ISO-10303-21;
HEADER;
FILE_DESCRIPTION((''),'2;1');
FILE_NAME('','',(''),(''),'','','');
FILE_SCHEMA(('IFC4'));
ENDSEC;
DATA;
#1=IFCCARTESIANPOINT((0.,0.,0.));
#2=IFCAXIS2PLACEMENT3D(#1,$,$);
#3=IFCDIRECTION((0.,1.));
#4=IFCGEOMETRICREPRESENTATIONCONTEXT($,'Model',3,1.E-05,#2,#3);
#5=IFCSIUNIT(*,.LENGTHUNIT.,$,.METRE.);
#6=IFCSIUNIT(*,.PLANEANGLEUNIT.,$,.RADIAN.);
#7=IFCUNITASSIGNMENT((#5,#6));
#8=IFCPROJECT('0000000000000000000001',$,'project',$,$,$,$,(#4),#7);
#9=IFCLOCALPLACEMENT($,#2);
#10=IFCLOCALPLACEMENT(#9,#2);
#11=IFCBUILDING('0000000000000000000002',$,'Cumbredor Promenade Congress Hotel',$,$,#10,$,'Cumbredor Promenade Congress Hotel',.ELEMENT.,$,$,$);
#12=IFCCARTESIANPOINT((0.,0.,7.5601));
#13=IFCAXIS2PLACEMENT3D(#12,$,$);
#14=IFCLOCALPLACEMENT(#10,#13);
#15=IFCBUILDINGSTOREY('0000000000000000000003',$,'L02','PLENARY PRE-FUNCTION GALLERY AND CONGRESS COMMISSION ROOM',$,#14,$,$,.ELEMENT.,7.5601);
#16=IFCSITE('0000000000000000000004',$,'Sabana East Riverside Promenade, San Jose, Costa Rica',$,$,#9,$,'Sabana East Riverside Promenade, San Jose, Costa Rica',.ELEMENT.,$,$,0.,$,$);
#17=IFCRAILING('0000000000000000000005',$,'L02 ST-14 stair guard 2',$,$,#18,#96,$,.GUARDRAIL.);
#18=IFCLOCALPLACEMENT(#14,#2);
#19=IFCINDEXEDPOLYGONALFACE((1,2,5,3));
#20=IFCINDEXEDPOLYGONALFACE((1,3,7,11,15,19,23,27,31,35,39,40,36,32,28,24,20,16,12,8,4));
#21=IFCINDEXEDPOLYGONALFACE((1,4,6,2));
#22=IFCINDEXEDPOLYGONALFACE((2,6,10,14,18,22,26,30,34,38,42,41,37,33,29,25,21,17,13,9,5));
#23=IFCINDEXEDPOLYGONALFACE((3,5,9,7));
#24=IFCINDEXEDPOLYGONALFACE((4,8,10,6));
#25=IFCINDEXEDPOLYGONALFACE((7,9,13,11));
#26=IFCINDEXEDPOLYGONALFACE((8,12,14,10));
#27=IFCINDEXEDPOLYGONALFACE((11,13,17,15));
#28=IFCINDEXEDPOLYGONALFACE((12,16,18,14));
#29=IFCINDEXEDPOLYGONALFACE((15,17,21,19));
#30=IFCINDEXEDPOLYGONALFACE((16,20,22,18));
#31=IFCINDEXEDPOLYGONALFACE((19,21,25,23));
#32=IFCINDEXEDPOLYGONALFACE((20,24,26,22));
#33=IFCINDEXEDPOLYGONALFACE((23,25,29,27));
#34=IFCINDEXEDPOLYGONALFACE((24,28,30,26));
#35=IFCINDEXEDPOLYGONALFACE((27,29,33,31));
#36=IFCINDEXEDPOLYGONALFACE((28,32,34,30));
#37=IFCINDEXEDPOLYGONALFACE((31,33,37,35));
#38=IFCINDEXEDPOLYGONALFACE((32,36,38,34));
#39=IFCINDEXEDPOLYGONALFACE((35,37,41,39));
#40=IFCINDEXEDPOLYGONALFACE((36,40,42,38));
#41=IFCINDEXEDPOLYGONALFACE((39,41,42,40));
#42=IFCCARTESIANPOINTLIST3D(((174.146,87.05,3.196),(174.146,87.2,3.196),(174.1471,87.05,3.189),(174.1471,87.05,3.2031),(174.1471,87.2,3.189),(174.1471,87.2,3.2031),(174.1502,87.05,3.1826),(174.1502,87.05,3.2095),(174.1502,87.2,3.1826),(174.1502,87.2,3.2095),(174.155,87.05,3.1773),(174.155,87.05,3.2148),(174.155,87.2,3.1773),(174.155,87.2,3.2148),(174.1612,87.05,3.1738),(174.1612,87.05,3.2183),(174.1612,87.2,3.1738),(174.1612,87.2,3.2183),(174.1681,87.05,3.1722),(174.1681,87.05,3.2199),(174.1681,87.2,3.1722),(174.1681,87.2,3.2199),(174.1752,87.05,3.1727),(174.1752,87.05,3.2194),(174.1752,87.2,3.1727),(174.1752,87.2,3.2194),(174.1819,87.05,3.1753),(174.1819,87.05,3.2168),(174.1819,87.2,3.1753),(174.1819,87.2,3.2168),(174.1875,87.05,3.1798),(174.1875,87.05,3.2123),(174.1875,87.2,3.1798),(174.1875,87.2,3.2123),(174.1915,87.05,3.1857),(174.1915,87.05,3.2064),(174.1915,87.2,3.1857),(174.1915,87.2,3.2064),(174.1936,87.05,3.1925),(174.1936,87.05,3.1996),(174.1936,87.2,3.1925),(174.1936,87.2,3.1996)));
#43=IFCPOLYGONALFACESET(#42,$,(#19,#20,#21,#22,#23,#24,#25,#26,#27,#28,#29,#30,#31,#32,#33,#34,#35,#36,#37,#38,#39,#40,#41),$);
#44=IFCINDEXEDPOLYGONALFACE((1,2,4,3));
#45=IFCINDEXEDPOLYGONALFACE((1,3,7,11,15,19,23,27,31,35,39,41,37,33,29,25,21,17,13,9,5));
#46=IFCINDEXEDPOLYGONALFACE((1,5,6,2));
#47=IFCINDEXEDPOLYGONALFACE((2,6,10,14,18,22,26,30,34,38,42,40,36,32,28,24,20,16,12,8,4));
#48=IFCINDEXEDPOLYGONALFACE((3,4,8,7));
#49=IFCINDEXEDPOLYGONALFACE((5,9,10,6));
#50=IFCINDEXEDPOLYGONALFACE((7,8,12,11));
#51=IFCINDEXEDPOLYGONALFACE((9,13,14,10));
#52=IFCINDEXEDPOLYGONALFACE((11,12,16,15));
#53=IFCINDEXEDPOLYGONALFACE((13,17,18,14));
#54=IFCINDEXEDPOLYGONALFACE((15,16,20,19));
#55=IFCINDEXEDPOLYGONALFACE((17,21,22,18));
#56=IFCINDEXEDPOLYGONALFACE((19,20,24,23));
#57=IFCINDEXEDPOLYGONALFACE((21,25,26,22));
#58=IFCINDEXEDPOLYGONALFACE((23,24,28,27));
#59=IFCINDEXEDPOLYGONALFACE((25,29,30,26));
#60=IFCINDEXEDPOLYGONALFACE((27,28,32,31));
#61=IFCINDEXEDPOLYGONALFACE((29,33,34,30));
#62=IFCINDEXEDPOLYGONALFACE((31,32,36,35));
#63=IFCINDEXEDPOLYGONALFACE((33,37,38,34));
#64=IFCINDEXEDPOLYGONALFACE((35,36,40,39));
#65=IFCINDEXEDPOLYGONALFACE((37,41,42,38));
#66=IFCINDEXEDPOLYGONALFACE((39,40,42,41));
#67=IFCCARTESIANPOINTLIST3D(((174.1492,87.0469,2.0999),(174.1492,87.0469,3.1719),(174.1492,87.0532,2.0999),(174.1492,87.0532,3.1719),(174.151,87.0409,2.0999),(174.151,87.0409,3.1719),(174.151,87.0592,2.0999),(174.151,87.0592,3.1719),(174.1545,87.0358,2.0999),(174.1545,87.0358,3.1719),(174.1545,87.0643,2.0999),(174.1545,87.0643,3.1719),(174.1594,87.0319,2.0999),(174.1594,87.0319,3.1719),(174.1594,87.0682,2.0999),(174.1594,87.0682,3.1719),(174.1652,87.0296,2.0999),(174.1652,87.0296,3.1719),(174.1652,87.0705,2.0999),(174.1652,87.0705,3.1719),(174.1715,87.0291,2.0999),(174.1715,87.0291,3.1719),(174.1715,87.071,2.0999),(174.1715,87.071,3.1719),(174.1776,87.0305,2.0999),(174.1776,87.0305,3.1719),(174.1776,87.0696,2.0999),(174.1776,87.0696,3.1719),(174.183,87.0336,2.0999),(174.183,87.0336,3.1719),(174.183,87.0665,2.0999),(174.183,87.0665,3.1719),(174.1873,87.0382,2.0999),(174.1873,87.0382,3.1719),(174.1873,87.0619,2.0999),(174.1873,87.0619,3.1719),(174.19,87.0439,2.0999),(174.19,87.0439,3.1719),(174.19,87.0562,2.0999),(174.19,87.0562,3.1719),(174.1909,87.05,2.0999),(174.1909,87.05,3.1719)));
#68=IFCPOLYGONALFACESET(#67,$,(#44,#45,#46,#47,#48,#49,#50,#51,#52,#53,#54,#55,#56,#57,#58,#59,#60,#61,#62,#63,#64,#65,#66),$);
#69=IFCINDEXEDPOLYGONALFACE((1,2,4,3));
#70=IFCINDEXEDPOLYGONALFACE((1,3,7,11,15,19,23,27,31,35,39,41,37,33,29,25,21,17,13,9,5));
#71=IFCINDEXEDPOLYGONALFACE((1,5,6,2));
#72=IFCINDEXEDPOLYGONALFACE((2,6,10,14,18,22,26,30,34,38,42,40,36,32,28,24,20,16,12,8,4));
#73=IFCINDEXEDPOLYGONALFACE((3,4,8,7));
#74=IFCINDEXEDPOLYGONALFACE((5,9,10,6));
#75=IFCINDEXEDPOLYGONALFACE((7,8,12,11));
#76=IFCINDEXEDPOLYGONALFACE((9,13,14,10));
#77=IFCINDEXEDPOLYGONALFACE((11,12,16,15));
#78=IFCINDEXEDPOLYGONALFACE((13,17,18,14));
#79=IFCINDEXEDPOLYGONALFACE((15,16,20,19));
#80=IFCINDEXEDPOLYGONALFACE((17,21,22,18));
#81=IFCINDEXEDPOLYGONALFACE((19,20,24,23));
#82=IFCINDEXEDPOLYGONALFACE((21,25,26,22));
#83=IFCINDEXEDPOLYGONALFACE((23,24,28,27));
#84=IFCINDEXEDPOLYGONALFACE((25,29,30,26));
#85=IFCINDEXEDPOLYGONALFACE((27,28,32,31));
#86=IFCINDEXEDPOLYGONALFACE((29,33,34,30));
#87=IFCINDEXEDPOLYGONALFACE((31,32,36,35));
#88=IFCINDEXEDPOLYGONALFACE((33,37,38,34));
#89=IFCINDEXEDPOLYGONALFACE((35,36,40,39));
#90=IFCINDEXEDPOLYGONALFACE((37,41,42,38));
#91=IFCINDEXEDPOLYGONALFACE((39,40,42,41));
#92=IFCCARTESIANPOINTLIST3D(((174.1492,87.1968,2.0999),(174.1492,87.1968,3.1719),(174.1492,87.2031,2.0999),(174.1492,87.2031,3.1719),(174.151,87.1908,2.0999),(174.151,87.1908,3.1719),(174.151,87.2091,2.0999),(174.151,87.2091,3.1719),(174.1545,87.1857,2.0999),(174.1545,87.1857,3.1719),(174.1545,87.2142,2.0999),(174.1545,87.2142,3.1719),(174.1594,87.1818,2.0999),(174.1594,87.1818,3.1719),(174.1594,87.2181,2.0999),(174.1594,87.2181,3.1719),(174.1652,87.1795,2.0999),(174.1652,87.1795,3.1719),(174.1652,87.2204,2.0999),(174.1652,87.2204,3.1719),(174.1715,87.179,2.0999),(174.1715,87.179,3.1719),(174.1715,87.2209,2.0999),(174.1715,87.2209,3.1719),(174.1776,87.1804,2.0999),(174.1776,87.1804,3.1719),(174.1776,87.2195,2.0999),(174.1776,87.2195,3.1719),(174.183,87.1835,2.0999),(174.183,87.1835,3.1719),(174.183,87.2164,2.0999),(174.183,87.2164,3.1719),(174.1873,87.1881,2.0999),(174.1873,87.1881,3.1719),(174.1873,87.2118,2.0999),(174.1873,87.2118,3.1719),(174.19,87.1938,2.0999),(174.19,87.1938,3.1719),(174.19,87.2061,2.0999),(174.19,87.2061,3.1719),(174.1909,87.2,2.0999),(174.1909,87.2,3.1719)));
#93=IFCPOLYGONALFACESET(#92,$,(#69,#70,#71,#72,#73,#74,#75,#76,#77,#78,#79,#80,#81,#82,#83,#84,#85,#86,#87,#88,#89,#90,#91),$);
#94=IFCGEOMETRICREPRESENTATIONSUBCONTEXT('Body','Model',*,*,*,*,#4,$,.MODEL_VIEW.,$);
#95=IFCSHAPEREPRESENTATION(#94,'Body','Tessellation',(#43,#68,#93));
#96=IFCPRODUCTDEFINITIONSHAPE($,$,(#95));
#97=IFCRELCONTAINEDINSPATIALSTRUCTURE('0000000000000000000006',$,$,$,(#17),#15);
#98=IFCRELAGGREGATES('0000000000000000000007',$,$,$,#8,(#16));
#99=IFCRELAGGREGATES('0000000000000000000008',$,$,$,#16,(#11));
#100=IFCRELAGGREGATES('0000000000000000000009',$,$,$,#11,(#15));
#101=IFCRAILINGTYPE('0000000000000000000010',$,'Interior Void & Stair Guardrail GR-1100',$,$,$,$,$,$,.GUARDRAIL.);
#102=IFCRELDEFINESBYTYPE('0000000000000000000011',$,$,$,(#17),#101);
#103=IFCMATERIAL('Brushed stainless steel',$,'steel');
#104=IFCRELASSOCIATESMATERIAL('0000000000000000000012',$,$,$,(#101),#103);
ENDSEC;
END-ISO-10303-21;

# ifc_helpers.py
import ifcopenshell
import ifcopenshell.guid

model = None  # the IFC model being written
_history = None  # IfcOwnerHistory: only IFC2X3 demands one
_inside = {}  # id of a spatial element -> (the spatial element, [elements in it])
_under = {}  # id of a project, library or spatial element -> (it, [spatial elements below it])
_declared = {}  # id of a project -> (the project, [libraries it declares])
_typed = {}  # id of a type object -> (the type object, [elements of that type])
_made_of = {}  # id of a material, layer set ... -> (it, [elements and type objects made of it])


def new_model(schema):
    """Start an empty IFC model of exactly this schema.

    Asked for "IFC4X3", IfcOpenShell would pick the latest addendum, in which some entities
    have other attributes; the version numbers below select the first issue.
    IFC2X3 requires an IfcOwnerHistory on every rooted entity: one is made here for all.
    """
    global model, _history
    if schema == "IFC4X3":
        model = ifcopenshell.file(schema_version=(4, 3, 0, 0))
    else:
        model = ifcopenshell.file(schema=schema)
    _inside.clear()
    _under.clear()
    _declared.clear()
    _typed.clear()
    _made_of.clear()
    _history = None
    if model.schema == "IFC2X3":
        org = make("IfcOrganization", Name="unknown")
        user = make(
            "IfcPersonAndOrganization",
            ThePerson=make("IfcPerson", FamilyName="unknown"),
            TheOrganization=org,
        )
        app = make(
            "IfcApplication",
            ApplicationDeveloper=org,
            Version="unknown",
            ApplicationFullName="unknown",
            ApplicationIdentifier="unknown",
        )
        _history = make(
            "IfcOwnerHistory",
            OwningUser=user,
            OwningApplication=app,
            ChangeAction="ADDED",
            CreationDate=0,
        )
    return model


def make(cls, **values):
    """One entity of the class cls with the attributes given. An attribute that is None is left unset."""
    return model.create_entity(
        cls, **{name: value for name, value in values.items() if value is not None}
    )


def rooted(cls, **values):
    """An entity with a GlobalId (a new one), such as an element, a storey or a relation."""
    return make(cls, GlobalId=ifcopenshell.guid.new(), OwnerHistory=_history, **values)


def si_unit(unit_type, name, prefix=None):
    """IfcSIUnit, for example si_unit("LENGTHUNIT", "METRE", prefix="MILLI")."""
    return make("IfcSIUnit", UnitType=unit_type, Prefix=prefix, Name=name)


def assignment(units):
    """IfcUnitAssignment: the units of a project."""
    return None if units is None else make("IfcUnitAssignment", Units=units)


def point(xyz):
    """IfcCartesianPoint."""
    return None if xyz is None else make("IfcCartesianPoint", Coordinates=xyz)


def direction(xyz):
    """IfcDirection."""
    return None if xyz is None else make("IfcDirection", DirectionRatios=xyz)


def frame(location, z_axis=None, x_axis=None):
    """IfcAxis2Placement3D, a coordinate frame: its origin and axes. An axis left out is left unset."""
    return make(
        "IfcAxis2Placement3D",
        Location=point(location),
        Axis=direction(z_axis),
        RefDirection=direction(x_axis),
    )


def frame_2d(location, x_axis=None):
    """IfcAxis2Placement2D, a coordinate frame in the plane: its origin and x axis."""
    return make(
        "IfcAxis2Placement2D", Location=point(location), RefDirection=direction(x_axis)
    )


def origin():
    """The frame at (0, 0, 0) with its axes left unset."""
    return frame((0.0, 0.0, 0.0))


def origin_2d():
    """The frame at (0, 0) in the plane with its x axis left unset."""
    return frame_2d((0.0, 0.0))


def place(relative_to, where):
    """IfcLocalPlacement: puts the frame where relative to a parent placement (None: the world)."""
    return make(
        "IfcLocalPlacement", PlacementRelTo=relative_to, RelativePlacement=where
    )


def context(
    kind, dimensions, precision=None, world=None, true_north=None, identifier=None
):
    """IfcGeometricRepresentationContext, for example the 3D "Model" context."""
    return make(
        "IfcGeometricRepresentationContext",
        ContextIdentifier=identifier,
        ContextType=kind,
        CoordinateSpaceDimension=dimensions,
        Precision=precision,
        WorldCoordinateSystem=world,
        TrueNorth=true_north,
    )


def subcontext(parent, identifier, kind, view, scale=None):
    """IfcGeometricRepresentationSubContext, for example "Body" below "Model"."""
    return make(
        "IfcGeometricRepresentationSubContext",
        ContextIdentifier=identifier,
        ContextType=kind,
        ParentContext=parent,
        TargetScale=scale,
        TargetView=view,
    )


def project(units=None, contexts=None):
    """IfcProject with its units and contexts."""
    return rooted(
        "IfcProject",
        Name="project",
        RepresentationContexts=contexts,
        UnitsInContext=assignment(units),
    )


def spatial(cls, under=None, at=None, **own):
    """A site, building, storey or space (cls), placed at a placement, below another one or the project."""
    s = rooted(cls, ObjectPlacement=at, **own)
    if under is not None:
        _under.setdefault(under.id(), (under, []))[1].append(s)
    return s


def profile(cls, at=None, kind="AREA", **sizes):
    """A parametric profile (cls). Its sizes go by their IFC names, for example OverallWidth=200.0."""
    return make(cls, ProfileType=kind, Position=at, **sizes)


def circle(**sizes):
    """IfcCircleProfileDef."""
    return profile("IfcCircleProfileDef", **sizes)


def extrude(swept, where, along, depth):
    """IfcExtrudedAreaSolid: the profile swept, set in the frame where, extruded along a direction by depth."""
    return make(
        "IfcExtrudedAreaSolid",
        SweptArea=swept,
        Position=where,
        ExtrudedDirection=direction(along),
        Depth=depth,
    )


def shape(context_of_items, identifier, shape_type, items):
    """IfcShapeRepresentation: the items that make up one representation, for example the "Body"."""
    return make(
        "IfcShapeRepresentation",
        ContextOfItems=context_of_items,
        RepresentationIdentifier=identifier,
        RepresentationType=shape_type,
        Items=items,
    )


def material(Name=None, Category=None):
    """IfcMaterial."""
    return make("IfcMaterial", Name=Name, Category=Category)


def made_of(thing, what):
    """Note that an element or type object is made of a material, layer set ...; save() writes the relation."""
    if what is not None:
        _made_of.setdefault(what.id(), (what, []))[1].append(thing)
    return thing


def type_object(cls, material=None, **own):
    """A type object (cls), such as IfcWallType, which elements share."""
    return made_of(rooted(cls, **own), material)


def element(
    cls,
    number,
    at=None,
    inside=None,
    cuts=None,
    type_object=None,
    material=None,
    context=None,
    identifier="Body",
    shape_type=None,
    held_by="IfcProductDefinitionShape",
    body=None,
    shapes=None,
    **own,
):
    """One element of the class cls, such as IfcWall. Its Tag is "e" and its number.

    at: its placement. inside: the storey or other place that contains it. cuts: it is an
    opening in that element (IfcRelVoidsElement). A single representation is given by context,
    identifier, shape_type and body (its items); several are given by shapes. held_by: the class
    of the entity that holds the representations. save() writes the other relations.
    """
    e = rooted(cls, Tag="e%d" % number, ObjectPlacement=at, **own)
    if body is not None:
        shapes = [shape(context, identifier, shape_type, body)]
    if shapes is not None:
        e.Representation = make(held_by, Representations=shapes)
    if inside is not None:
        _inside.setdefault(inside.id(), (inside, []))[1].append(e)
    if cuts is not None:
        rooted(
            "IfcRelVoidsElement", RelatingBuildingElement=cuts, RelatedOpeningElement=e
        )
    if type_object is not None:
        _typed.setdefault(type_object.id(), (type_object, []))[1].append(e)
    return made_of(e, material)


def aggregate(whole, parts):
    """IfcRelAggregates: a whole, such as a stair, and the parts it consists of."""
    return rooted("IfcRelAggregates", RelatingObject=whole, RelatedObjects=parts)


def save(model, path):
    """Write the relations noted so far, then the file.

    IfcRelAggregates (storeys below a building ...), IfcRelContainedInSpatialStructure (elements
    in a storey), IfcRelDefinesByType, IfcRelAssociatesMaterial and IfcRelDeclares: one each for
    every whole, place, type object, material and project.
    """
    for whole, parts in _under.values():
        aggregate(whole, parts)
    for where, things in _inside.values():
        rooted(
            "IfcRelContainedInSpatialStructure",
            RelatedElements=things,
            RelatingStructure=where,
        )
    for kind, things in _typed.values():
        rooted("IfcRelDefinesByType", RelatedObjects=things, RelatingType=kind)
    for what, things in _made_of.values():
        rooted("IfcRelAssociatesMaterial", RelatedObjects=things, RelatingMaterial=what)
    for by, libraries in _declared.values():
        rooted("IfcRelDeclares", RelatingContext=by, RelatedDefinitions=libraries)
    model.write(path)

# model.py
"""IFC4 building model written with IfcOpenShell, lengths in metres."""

from ifc_helpers import new_model, si_unit, direction, frame, origin, origin_2d, place, context, subcontext, project, spatial, circle, extrude, material, type_object, element, save


model = new_model("IFC4")

# Units and contexts
model_context = context("Model", 3, precision=1e-05, world=origin(), true_north=direction((0.0, 1.0)))
body_context = subcontext(model_context, "Body", "Model", "MODEL_VIEW")
ifc_project = project(units=[si_unit("LENGTHUNIT", "METRE"), si_unit("PLANEANGLEUNIT", "RADIAN")], contexts=[model_context])

# Site, building, storey
site_placement = place(None, origin())
site = spatial("IfcSite", under=ifc_project, at=site_placement, Name="Sabana East Riverside Promenade, San Jose, Costa Rica", LongName="Sabana East Riverside Promenade, San Jose, Costa Rica", CompositionType="ELEMENT", RefElevation=0.0)
building_placement = place(site_placement, origin())
building = spatial("IfcBuilding", under=site, at=building_placement, Name="Cumbredor Promenade Congress Hotel", LongName="Cumbredor Promenade Congress Hotel", CompositionType="ELEMENT")
storey_placement = place(building_placement, frame((0.0, 0.0, 7.5601)))
storey = spatial("IfcBuildingStorey", under=building, at=storey_placement, Name="L02", Description="PLENARY PRE-FUNCTION GALLERY AND CONGRESS COMMISSION ROOM", CompositionType="ELEMENT", Elevation=7.5601)

# Railing
ifc_material_1 = material(Name="Brushed stainless steel", Category="steel")
railing_type_1 = type_object("IfcRailingType", Name="Interior Void & Stair Guardrail GR-1100", PredefinedType="GUARDRAIL", material=ifc_material_1)
railing_1_placement = place(storey_placement, frame((174.1699, 87.05, 2.0999)))
element("IfcRailing", 1, at=railing_1_placement, inside=storey, type_object=railing_type_1, Name="L02 ST-14 stair guard 2", PredefinedType="GUARDRAIL", context=body_context, shape_type="SweptSolid", body=[
    extrude(circle(Radius=0.0239, at=origin_2d()), frame((0.0, 0.0, 1.0962), z_axis=(0.0, 1.0, 0.0), x_axis=(-1.0, 0.0, 0.0)), (0.0, 0.0, 1.0), 0.1499),
    extrude(circle(Radius=0.021, at=origin_2d()), origin(), (0.0, 0.0, 1.0), 1.072),
    extrude(circle(Radius=0.021, at=origin_2d()), frame((0.0, 0.1499, 0.0)), (0.0, 0.0, 1.0), 1.072),
])

save(model, "model.ifc")
